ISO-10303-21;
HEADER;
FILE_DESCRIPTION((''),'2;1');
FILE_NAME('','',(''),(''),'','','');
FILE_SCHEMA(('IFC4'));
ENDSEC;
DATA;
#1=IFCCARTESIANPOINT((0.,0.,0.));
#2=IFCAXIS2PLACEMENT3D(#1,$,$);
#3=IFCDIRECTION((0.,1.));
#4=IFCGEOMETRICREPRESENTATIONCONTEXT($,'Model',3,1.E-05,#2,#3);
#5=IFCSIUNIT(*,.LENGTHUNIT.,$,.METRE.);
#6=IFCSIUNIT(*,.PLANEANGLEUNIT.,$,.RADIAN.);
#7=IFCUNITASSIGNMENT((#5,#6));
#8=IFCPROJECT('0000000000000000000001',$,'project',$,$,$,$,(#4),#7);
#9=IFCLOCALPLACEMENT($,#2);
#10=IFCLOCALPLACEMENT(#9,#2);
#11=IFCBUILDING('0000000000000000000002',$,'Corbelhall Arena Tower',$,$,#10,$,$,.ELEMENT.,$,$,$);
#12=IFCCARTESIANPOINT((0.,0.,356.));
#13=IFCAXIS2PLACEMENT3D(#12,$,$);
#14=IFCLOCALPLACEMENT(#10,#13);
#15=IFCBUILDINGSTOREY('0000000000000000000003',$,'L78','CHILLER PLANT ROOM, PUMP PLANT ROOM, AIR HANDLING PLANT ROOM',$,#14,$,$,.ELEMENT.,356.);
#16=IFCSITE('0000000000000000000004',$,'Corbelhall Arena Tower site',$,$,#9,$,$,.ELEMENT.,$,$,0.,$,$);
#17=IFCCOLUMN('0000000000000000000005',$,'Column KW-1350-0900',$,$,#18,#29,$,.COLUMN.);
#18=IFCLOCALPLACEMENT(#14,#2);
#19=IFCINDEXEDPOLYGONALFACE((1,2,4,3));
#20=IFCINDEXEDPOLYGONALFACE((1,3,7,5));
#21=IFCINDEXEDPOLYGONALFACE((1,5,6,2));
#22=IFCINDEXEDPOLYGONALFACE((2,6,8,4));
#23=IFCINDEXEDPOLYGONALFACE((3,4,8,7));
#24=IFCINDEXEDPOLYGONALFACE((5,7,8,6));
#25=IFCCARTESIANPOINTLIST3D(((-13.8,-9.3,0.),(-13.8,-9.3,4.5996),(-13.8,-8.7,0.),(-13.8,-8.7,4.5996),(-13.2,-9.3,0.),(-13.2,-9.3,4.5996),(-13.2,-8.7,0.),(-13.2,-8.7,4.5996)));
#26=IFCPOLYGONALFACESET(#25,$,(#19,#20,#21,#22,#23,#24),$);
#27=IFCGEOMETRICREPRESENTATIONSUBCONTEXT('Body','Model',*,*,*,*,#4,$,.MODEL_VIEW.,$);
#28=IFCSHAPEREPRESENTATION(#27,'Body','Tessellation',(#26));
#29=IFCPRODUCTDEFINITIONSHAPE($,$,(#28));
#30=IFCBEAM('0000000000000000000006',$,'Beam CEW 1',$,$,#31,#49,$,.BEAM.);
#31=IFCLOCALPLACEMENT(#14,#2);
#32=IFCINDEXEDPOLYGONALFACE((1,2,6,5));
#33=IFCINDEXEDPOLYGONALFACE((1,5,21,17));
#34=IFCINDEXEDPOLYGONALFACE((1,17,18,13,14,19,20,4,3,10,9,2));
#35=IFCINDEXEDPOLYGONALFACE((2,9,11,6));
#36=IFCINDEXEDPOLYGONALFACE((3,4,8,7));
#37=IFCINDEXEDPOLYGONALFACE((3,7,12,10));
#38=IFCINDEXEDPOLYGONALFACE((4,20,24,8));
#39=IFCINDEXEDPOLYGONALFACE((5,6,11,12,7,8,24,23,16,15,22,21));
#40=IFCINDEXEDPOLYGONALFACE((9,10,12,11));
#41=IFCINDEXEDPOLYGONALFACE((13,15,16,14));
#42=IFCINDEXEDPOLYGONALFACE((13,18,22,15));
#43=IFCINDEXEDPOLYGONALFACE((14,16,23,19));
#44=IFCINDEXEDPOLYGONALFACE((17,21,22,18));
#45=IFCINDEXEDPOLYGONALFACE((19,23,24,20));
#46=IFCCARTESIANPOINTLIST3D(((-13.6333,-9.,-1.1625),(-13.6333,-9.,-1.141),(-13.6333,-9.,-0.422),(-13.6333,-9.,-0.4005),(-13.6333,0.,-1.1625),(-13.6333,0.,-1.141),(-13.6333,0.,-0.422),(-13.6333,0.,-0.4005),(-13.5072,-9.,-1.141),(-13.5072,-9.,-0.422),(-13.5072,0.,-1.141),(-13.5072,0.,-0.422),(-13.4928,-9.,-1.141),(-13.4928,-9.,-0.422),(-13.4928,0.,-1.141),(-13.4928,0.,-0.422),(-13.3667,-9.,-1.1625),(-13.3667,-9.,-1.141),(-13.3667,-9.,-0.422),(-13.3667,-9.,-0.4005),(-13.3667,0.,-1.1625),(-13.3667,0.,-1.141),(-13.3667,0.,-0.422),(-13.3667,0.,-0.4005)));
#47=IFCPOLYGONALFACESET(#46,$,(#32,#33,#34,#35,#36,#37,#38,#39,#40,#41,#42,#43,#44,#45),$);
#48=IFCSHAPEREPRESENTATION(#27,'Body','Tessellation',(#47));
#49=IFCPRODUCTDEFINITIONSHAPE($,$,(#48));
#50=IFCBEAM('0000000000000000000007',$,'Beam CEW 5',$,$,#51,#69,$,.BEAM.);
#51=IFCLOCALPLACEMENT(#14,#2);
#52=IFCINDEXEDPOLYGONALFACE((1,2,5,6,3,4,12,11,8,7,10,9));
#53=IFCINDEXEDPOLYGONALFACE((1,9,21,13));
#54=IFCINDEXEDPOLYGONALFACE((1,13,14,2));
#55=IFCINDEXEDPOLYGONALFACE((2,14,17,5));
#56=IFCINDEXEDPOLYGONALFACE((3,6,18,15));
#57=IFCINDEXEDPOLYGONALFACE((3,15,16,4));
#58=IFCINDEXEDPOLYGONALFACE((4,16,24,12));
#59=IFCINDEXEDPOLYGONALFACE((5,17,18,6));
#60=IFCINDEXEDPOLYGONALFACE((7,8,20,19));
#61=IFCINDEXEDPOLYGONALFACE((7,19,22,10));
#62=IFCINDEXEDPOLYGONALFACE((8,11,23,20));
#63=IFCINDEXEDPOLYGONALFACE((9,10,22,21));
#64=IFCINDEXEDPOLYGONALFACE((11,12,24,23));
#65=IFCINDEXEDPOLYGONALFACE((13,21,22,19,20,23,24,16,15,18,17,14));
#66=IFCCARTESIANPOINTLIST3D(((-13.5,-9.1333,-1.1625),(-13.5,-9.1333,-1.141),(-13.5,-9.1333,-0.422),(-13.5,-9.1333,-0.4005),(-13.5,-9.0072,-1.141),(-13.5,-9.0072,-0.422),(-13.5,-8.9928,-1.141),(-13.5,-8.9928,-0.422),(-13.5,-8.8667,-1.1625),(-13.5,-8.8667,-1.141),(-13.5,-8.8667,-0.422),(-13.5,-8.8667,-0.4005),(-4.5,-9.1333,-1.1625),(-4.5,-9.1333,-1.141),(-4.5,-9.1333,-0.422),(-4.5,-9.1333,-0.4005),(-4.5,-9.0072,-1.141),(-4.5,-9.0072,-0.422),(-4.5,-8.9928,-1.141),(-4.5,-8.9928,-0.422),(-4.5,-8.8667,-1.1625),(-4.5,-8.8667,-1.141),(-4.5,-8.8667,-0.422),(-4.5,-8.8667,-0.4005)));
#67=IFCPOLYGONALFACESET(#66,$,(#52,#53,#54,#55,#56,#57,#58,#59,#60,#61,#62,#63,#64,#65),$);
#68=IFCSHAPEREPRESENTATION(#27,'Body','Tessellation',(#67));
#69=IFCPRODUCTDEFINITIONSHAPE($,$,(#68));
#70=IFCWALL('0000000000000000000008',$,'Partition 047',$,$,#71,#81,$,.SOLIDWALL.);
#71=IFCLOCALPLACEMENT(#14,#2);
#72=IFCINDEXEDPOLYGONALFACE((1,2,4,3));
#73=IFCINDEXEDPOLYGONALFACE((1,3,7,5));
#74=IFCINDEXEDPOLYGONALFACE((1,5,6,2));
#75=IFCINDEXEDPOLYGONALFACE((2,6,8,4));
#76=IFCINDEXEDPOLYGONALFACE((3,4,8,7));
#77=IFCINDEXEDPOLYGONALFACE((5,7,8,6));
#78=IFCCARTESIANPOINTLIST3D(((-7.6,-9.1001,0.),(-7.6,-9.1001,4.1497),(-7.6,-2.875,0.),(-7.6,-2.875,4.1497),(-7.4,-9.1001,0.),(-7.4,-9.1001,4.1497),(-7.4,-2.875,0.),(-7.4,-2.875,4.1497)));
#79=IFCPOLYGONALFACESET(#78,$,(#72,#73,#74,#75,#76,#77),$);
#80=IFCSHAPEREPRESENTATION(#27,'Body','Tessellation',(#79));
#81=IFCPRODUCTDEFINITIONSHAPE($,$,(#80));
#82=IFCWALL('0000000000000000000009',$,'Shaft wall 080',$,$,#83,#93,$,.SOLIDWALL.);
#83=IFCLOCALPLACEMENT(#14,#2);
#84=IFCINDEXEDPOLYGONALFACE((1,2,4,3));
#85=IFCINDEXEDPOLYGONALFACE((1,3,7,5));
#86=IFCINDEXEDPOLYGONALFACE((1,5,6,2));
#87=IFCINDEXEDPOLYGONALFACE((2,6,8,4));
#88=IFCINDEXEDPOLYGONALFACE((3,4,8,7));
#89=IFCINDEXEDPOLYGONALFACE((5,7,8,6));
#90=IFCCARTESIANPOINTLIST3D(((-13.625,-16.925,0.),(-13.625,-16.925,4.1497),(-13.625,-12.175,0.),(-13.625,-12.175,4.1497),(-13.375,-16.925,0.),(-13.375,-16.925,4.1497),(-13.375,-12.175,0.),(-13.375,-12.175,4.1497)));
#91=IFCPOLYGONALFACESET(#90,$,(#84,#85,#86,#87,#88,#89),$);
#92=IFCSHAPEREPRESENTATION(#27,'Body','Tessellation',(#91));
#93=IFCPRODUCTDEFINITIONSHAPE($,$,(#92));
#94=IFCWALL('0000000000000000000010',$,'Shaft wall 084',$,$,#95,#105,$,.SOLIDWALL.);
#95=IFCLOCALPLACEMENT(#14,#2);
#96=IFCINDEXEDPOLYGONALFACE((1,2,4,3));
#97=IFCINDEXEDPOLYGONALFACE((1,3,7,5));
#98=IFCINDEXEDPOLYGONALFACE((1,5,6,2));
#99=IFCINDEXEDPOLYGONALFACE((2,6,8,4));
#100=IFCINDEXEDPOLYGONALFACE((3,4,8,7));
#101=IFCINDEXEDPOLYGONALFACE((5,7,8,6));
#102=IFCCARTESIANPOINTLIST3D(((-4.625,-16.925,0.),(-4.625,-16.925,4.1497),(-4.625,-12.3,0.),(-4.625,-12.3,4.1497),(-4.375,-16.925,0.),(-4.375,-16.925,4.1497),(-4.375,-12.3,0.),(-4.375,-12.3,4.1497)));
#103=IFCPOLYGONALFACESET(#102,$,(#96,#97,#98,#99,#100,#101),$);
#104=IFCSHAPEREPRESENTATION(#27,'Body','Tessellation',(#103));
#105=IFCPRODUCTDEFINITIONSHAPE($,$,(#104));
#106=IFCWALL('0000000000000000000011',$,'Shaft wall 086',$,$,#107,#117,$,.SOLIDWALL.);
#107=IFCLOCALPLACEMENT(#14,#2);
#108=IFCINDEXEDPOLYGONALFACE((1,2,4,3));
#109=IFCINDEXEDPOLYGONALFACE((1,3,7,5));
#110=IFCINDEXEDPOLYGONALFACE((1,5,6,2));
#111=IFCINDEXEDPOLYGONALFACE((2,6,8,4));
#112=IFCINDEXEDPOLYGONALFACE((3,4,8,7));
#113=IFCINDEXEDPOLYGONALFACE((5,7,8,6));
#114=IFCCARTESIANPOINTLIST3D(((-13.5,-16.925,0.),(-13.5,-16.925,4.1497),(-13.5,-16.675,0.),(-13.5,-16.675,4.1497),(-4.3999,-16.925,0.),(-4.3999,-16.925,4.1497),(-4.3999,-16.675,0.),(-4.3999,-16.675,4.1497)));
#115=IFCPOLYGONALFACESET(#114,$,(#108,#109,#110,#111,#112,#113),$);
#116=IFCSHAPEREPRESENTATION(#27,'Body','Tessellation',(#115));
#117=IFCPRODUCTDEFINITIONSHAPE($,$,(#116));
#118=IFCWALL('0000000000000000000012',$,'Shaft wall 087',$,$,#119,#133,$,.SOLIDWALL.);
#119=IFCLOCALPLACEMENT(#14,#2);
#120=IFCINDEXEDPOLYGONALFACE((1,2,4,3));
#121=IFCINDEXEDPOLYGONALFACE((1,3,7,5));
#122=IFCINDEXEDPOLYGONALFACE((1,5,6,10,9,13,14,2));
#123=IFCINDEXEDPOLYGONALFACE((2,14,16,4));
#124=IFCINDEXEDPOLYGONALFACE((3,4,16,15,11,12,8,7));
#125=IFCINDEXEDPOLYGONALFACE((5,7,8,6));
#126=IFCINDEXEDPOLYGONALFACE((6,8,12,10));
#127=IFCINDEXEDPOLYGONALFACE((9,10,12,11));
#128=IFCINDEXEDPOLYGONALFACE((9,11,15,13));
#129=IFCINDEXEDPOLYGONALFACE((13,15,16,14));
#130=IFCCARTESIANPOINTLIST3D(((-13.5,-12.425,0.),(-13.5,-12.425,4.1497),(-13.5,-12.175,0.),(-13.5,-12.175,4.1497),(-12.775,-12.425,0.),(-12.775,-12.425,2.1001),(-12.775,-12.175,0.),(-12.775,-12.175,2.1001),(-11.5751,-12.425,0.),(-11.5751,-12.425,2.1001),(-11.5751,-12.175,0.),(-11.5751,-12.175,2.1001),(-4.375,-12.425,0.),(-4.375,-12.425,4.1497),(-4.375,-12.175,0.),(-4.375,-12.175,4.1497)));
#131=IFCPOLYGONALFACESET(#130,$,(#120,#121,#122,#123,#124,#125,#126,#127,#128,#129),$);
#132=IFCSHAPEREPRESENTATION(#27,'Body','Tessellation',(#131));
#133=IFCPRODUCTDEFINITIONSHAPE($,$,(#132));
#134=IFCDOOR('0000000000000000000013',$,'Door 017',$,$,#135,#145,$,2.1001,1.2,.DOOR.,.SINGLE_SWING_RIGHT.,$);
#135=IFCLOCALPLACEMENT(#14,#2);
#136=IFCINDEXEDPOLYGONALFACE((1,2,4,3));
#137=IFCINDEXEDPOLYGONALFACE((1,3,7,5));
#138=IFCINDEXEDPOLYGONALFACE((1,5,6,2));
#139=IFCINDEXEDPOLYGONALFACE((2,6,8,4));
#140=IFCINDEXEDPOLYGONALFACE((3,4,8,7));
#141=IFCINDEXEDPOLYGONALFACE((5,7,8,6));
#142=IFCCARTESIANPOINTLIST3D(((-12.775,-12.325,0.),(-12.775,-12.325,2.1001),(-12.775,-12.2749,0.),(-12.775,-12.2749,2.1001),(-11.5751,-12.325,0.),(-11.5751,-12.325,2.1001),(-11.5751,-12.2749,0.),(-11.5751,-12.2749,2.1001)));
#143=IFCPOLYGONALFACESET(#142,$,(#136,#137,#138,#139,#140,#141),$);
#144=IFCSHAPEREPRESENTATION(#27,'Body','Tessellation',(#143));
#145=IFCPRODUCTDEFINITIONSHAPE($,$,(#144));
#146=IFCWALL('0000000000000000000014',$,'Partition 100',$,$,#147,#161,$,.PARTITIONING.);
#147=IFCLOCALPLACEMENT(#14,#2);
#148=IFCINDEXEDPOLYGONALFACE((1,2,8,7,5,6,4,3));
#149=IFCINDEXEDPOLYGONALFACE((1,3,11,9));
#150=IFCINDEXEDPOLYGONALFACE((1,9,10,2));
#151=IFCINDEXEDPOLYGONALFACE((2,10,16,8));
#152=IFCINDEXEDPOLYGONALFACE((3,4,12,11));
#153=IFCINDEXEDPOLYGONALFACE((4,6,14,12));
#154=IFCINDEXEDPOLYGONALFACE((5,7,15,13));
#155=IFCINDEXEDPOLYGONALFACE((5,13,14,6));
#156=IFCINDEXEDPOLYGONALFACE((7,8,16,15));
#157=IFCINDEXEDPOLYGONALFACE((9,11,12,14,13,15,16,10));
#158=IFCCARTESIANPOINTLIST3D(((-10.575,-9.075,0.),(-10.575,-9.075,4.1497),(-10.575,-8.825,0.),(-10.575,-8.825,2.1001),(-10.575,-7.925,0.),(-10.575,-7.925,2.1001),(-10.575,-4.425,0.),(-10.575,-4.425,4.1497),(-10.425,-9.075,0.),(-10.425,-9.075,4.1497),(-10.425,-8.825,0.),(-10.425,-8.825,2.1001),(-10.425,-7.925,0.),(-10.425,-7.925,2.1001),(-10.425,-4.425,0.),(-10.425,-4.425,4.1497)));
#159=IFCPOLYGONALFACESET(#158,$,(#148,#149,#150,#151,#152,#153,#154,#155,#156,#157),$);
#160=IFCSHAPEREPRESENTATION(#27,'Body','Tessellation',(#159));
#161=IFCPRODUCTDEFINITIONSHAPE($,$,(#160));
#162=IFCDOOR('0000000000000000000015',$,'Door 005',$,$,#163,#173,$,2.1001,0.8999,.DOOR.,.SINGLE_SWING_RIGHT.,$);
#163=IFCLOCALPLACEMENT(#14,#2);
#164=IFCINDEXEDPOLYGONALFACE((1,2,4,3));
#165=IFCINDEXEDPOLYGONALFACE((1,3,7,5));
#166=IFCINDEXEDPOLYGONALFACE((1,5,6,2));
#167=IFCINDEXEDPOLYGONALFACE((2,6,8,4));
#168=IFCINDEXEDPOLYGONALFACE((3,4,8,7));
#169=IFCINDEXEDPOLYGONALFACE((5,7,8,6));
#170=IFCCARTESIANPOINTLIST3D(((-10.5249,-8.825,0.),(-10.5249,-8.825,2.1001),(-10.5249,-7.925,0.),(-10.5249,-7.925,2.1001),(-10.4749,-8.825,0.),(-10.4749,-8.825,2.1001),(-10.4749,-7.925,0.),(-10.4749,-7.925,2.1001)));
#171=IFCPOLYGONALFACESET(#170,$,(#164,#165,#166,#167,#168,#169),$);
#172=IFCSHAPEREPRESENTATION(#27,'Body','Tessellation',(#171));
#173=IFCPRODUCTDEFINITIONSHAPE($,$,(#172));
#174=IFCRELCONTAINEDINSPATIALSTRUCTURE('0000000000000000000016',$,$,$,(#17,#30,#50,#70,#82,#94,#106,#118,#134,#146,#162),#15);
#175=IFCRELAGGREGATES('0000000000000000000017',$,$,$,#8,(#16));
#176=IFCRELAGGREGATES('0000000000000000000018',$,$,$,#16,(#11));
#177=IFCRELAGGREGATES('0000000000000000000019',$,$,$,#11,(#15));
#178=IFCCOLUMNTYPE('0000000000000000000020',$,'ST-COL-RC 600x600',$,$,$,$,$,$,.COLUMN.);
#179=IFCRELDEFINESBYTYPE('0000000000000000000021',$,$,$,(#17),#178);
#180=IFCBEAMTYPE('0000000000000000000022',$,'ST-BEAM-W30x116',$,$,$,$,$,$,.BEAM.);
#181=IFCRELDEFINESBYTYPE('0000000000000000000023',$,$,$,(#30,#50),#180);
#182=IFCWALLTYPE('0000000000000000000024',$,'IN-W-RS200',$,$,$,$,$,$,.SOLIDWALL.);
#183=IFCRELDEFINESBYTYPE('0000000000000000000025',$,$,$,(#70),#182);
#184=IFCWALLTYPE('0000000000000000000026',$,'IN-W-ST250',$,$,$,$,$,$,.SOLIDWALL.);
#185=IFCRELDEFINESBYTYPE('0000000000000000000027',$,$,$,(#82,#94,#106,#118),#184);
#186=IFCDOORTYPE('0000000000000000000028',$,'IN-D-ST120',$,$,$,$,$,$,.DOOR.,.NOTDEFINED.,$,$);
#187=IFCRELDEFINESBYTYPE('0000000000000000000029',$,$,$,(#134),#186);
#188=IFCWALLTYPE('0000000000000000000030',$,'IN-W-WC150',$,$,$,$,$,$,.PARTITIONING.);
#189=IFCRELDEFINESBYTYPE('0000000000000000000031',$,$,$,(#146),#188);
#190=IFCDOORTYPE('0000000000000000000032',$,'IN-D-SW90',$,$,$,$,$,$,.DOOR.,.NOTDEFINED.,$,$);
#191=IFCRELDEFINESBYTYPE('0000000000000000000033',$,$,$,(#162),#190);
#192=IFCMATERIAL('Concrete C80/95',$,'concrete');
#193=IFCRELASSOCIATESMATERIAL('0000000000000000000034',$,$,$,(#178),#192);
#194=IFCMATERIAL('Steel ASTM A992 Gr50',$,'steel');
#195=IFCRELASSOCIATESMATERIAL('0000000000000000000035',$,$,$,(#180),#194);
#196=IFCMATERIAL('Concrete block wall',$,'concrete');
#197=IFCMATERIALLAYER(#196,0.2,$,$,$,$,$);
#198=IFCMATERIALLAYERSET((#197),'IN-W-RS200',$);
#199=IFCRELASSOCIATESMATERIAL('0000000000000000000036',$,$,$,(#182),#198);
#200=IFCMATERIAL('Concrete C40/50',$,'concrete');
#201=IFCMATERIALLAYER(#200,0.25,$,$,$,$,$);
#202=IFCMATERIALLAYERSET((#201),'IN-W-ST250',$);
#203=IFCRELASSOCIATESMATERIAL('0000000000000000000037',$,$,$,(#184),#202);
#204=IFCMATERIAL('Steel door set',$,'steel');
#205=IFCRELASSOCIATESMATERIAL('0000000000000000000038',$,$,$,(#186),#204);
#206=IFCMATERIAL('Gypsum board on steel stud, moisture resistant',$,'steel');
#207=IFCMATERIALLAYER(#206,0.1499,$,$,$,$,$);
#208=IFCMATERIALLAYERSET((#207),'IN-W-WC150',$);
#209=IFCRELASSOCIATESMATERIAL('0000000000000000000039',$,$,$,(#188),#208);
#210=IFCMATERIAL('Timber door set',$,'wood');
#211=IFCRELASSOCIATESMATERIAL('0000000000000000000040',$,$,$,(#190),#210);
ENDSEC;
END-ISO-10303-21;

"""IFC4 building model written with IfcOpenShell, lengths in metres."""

from ifc_helpers import new_model, si_unit, direction, frame, frame_2d, origin, origin_2d, place, context, subcontext, project, spatial, rectangle, i_section, extrude, material, layer, layer_set, material_profile, profile_set, type_object, element, fill, save


model = new_model("IFC4")

# Units and contexts
model_context = context("Model", 3, precision=1e-05, world=origin(), true_north=direction((0.0, 1.0)))
body_context = subcontext(model_context, "Body", "Model", "MODEL_VIEW")
ifc_project = project(units=[si_unit("LENGTHUNIT", "METRE"), si_unit("PLANEANGLEUNIT", "RADIAN")], contexts=[model_context])

# Site, building, storey
site_placement = place(None, origin())
site = spatial("IfcSite", under=ifc_project, at=site_placement, Name="Corbelhall Arena Tower site", CompositionType="ELEMENT", RefElevation=0.0)
building_placement = place(site_placement, origin())
building = spatial("IfcBuilding", under=site, at=building_placement, Name="Corbelhall Arena Tower", CompositionType="ELEMENT")
storey_placement = place(building_placement, frame((0.0, 0.0, 356.0)))
storey = spatial("IfcBuildingStorey", under=building, at=storey_placement, Name="L78", Description="CHILLER PLANT ROOM, PUMP PLANT ROOM, AIR HANDLING PLANT ROOM", CompositionType="ELEMENT", Elevation=356.0)

# Column
ifc_material_1 = material(Name="Concrete C80/95", Category="concrete")
ifc_material_profile_1 = material_profile(ifc_material_1, rectangle(XDim=0.6001, YDim=0.6001, at=origin_2d()))
ifc_profile_set_1 = profile_set([ifc_material_profile_1], Name="Concrete C80/95")
column_type = type_object("IfcColumnType", Name="ST-COL-RC 600x600", PredefinedType="COLUMN", material=ifc_profile_set_1)
column_placement = place(storey_placement, frame((-13.5, -9.0, 0.0), z_axis=(0.0, 0.0, 1.0), x_axis=(1.0, 0.0, 0.0)))
element("IfcColumn", 1, at=column_placement, inside=storey, type_object=column_type, Name="Column KW-1350-0900", PredefinedType="COLUMN", context=body_context, shape_type="SweptSolid", body=[
    extrude(rectangle(XDim=0.6001, YDim=0.6001, at=origin_2d()), origin(), (0.0, 0.0, 1.0), 4.5996),
])

# Beams
ifc_material_2 = material(Name="Steel ASTM A992 Gr50", Category="steel")
ifc_material_profile_2 = material_profile(ifc_material_2, i_section(OverallWidth=0.2666, OverallDepth=0.762, WebThickness=0.0144, FlangeThickness=0.0215, at=origin_2d()))
ifc_profile_set_2 = profile_set([ifc_material_profile_2], Name="Steel ASTM A992 Gr50")
beam_type = type_object("IfcBeamType", Name="ST-BEAM-W30x116", PredefinedType="BEAM", material=ifc_profile_set_2)
for number, where, z_axis, x_axis, name in (
    (2, (-13.5, -9.0, -0.7815), (0.0, 1.0, 0.0), (-1.0, 0.0, 0.0), "Beam CEW 1"),
    (3, (-13.5, -9.0, -0.7815), (1.0, 0.0, 0.0), (0.0, 1.0, 0.0), "Beam CEW 5"),
):
    element("IfcBeam", number, at=place(storey_placement, frame(where, z_axis=z_axis, x_axis=x_axis)), inside=storey, type_object=beam_type, Name=name, PredefinedType="BEAM", context=body_context, shape_type="SweptSolid", body=[
        extrude(i_section(OverallWidth=0.2666, OverallDepth=0.762, WebThickness=0.0144, FlangeThickness=0.0215, at=origin_2d()), origin(), (0.0, 0.0, 1.0), 9.0),
    ])

# Shared definitions
ifc_material_3 = material(Name="Steel door set", Category="steel")

# Walls
ifc_material_4 = material(Name="Concrete block wall", Category="concrete")
ifc_layer_1 = layer(ifc_material_4, 0.2)
ifc_layer_set_1 = layer_set([ifc_layer_1], Name="IN-W-RS200")
wall_type_1 = type_object("IfcWallType", Name="IN-W-RS200", PredefinedType="SOLIDWALL", material=ifc_layer_set_1)
wall_1_placement = place(storey_placement, frame((-7.5, -9.1001, 0.0), z_axis=(0.0, 0.0, 1.0), x_axis=(0.0, 1.0, 0.0)))
element("IfcWall", 4, at=wall_1_placement, inside=storey, type_object=wall_type_1, Name="Partition 047", PredefinedType="SOLIDWALL", context=body_context, shape_type="SweptSolid", body=[
    extrude(rectangle(XDim=6.2251, YDim=0.2, at=frame_2d((3.1125, 0.0))), origin(), (0.0, 0.0, 1.0), 4.1497),
])
ifc_material_5 = material(Name="Concrete C40/50", Category="concrete")
ifc_layer_2 = layer(ifc_material_5, 0.25)
ifc_layer_set_2 = layer_set([ifc_layer_2], Name="IN-W-ST250")
wall_type_2 = type_object("IfcWallType", Name="IN-W-ST250", PredefinedType="SOLIDWALL", material=ifc_layer_set_2)
wall_2_placement = place(storey_placement, frame((-13.5, -12.175, 0.0), z_axis=(0.0, 0.0, 1.0), x_axis=(0.0, -1.0, 0.0)))
element("IfcWall", 5, at=wall_2_placement, inside=storey, type_object=wall_type_2, Name="Shaft wall 080", PredefinedType="SOLIDWALL", context=body_context, shape_type="SweptSolid", body=[
    extrude(rectangle(XDim=4.75, YDim=0.25, at=frame_2d((2.375, 0.0))), origin(), (0.0, 0.0, 1.0), 4.1497),
])
wall_3_placement = place(storey_placement, frame((-4.5, -12.3, 0.0), z_axis=(0.0, 0.0, 1.0), x_axis=(0.0, -1.0, 0.0)))
element("IfcWall", 6, at=wall_3_placement, inside=storey, type_object=wall_type_2, Name="Shaft wall 084", PredefinedType="SOLIDWALL", context=body_context, shape_type="SweptSolid", body=[
    extrude(rectangle(XDim=4.625, YDim=0.25, at=frame_2d((2.3125, 0.0))), origin(), (0.0, 0.0, 1.0), 4.1497),
])
wall_4_placement = place(storey_placement, frame((-4.3999, -16.8, 0.0), z_axis=(0.0, 0.0, 1.0), x_axis=(-1.0, 0.0, 0.0)))
element("IfcWall", 7, at=wall_4_placement, inside=storey, type_object=wall_type_2, Name="Shaft wall 086", PredefinedType="SOLIDWALL", context=body_context, shape_type="SweptSolid", body=[
    extrude(rectangle(XDim=9.1001, YDim=0.25, at=frame_2d((4.55, 0.0))), origin(), (0.0, 0.0, 1.0), 4.1497),
])

# Walls, openings, doors
wall_5_placement = place(storey_placement, frame((-4.375, -12.3, 0.0), z_axis=(0.0, 0.0, 1.0), x_axis=(-1.0, 0.0, 0.0)))
wall_5 = element("IfcWall", 8, at=wall_5_placement, inside=storey, type_object=wall_type_2, Name="Shaft wall 087", PredefinedType="SOLIDWALL", context=body_context, shape_type="SweptSolid", body=[
    extrude(rectangle(XDim=9.125, YDim=0.25, at=frame_2d((4.5625, 0.0))), origin(), (0.0, 0.0, 1.0), 4.1497),
])
opening_1_placement = place(wall_5_placement, frame((7.2, 0.0, 0.0)))
opening_1 = element("IfcOpeningElement", 9, at=opening_1_placement, cuts=wall_5, PredefinedType="OPENING", context=body_context, shape_type="SweptSolid", body=[
    extrude(rectangle(XDim=1.2, YDim=2.1001, at=frame_2d((0.6001, 1.05))), frame((0.0, 0.125, 0.0), z_axis=(0.0, -1.0, 0.0), x_axis=(1.0, 0.0, 0.0)), (0.0, 0.0, 1.0), 0.25),
])
door_type_1 = type_object("IfcDoorType", Name="IN-D-ST120", OperationType="NOTDEFINED", PredefinedType="DOOR", material=ifc_material_3)
door_1_placement = place(opening_1_placement, origin())
door_1 = element("IfcDoor", 10, at=door_1_placement, inside=storey, type_object=door_type_1, Name="Door 017", OperationType="SINGLE_SWING_RIGHT", OverallHeight=2.1001, OverallWidth=1.2, PredefinedType="DOOR", context=body_context, shape_type="SweptSolid", body=[
    extrude(rectangle(XDim=1.2, YDim=2.1001, at=frame_2d((0.6001, 1.05))), frame((0.0, 0.0249, 0.0), z_axis=(0.0, -1.0, 0.0), x_axis=(1.0, 0.0, 0.0)), (0.0, 0.0, 1.0), 0.05),
])
fill(opening_1, door_1)
ifc_material_6 = material(Name="Gypsum board on steel stud, moisture resistant", Category="steel")
ifc_layer_3 = layer(ifc_material_6, 0.1499)
ifc_layer_set_3 = layer_set([ifc_layer_3], Name="IN-W-WC150")
wall_type_3 = type_object("IfcWallType", Name="IN-W-WC150", PredefinedType="PARTITIONING", material=ifc_layer_set_3)
wall_6_placement = place(storey_placement, frame((-10.5, -9.075, 0.0), z_axis=(0.0, 0.0, 1.0), x_axis=(0.0, 1.0, 0.0)))
wall_6 = element("IfcWall", 11, at=wall_6_placement, inside=storey, type_object=wall_type_3, Name="Partition 100", PredefinedType="PARTITIONING", context=body_context, shape_type="SweptSolid", body=[
    extrude(rectangle(XDim=4.6499, YDim=0.1499, at=frame_2d((2.325, 0.0))), origin(), (0.0, 0.0, 1.0), 4.1497),
])
opening_2_placement = place(wall_6_placement, frame((0.25, 0.0, 0.0)))
opening_2 = element("IfcOpeningElement", 12, at=opening_2_placement, cuts=wall_6, PredefinedType="OPENING", context=body_context, shape_type="SweptSolid", body=[
    extrude(rectangle(XDim=0.8999, YDim=2.1001, at=frame_2d((0.45, 1.05))), frame((0.0, 0.075, 0.0), z_axis=(0.0, -1.0, 0.0), x_axis=(1.0, 0.0, 0.0)), (0.0, 0.0, 1.0), 0.1499),
])
ifc_material_7 = material(Name="Timber door set", Category="wood")
door_type_2 = type_object("IfcDoorType", Name="IN-D-SW90", OperationType="NOTDEFINED", PredefinedType="DOOR", material=ifc_material_7)
door_2_placement = place(opening_2_placement, origin())
door_2 = element("IfcDoor", 13, at=door_2_placement, inside=storey, type_object=door_type_2, Name="Door 005", OperationType="SINGLE_SWING_RIGHT", OverallHeight=2.1001, OverallWidth=0.8999, PredefinedType="DOOR", context=body_context, shape_type="SweptSolid", body=[
    extrude(rectangle(XDim=0.8999, YDim=2.1001, at=frame_2d((0.45, 1.05))), frame((0.0, 0.0249, 0.0), z_axis=(0.0, -1.0, 0.0), x_axis=(1.0, 0.0, 0.0)), (0.0, 0.0, 1.0), 0.05),
])
fill(opening_2, door_2)

save(model, "model.ifc")
